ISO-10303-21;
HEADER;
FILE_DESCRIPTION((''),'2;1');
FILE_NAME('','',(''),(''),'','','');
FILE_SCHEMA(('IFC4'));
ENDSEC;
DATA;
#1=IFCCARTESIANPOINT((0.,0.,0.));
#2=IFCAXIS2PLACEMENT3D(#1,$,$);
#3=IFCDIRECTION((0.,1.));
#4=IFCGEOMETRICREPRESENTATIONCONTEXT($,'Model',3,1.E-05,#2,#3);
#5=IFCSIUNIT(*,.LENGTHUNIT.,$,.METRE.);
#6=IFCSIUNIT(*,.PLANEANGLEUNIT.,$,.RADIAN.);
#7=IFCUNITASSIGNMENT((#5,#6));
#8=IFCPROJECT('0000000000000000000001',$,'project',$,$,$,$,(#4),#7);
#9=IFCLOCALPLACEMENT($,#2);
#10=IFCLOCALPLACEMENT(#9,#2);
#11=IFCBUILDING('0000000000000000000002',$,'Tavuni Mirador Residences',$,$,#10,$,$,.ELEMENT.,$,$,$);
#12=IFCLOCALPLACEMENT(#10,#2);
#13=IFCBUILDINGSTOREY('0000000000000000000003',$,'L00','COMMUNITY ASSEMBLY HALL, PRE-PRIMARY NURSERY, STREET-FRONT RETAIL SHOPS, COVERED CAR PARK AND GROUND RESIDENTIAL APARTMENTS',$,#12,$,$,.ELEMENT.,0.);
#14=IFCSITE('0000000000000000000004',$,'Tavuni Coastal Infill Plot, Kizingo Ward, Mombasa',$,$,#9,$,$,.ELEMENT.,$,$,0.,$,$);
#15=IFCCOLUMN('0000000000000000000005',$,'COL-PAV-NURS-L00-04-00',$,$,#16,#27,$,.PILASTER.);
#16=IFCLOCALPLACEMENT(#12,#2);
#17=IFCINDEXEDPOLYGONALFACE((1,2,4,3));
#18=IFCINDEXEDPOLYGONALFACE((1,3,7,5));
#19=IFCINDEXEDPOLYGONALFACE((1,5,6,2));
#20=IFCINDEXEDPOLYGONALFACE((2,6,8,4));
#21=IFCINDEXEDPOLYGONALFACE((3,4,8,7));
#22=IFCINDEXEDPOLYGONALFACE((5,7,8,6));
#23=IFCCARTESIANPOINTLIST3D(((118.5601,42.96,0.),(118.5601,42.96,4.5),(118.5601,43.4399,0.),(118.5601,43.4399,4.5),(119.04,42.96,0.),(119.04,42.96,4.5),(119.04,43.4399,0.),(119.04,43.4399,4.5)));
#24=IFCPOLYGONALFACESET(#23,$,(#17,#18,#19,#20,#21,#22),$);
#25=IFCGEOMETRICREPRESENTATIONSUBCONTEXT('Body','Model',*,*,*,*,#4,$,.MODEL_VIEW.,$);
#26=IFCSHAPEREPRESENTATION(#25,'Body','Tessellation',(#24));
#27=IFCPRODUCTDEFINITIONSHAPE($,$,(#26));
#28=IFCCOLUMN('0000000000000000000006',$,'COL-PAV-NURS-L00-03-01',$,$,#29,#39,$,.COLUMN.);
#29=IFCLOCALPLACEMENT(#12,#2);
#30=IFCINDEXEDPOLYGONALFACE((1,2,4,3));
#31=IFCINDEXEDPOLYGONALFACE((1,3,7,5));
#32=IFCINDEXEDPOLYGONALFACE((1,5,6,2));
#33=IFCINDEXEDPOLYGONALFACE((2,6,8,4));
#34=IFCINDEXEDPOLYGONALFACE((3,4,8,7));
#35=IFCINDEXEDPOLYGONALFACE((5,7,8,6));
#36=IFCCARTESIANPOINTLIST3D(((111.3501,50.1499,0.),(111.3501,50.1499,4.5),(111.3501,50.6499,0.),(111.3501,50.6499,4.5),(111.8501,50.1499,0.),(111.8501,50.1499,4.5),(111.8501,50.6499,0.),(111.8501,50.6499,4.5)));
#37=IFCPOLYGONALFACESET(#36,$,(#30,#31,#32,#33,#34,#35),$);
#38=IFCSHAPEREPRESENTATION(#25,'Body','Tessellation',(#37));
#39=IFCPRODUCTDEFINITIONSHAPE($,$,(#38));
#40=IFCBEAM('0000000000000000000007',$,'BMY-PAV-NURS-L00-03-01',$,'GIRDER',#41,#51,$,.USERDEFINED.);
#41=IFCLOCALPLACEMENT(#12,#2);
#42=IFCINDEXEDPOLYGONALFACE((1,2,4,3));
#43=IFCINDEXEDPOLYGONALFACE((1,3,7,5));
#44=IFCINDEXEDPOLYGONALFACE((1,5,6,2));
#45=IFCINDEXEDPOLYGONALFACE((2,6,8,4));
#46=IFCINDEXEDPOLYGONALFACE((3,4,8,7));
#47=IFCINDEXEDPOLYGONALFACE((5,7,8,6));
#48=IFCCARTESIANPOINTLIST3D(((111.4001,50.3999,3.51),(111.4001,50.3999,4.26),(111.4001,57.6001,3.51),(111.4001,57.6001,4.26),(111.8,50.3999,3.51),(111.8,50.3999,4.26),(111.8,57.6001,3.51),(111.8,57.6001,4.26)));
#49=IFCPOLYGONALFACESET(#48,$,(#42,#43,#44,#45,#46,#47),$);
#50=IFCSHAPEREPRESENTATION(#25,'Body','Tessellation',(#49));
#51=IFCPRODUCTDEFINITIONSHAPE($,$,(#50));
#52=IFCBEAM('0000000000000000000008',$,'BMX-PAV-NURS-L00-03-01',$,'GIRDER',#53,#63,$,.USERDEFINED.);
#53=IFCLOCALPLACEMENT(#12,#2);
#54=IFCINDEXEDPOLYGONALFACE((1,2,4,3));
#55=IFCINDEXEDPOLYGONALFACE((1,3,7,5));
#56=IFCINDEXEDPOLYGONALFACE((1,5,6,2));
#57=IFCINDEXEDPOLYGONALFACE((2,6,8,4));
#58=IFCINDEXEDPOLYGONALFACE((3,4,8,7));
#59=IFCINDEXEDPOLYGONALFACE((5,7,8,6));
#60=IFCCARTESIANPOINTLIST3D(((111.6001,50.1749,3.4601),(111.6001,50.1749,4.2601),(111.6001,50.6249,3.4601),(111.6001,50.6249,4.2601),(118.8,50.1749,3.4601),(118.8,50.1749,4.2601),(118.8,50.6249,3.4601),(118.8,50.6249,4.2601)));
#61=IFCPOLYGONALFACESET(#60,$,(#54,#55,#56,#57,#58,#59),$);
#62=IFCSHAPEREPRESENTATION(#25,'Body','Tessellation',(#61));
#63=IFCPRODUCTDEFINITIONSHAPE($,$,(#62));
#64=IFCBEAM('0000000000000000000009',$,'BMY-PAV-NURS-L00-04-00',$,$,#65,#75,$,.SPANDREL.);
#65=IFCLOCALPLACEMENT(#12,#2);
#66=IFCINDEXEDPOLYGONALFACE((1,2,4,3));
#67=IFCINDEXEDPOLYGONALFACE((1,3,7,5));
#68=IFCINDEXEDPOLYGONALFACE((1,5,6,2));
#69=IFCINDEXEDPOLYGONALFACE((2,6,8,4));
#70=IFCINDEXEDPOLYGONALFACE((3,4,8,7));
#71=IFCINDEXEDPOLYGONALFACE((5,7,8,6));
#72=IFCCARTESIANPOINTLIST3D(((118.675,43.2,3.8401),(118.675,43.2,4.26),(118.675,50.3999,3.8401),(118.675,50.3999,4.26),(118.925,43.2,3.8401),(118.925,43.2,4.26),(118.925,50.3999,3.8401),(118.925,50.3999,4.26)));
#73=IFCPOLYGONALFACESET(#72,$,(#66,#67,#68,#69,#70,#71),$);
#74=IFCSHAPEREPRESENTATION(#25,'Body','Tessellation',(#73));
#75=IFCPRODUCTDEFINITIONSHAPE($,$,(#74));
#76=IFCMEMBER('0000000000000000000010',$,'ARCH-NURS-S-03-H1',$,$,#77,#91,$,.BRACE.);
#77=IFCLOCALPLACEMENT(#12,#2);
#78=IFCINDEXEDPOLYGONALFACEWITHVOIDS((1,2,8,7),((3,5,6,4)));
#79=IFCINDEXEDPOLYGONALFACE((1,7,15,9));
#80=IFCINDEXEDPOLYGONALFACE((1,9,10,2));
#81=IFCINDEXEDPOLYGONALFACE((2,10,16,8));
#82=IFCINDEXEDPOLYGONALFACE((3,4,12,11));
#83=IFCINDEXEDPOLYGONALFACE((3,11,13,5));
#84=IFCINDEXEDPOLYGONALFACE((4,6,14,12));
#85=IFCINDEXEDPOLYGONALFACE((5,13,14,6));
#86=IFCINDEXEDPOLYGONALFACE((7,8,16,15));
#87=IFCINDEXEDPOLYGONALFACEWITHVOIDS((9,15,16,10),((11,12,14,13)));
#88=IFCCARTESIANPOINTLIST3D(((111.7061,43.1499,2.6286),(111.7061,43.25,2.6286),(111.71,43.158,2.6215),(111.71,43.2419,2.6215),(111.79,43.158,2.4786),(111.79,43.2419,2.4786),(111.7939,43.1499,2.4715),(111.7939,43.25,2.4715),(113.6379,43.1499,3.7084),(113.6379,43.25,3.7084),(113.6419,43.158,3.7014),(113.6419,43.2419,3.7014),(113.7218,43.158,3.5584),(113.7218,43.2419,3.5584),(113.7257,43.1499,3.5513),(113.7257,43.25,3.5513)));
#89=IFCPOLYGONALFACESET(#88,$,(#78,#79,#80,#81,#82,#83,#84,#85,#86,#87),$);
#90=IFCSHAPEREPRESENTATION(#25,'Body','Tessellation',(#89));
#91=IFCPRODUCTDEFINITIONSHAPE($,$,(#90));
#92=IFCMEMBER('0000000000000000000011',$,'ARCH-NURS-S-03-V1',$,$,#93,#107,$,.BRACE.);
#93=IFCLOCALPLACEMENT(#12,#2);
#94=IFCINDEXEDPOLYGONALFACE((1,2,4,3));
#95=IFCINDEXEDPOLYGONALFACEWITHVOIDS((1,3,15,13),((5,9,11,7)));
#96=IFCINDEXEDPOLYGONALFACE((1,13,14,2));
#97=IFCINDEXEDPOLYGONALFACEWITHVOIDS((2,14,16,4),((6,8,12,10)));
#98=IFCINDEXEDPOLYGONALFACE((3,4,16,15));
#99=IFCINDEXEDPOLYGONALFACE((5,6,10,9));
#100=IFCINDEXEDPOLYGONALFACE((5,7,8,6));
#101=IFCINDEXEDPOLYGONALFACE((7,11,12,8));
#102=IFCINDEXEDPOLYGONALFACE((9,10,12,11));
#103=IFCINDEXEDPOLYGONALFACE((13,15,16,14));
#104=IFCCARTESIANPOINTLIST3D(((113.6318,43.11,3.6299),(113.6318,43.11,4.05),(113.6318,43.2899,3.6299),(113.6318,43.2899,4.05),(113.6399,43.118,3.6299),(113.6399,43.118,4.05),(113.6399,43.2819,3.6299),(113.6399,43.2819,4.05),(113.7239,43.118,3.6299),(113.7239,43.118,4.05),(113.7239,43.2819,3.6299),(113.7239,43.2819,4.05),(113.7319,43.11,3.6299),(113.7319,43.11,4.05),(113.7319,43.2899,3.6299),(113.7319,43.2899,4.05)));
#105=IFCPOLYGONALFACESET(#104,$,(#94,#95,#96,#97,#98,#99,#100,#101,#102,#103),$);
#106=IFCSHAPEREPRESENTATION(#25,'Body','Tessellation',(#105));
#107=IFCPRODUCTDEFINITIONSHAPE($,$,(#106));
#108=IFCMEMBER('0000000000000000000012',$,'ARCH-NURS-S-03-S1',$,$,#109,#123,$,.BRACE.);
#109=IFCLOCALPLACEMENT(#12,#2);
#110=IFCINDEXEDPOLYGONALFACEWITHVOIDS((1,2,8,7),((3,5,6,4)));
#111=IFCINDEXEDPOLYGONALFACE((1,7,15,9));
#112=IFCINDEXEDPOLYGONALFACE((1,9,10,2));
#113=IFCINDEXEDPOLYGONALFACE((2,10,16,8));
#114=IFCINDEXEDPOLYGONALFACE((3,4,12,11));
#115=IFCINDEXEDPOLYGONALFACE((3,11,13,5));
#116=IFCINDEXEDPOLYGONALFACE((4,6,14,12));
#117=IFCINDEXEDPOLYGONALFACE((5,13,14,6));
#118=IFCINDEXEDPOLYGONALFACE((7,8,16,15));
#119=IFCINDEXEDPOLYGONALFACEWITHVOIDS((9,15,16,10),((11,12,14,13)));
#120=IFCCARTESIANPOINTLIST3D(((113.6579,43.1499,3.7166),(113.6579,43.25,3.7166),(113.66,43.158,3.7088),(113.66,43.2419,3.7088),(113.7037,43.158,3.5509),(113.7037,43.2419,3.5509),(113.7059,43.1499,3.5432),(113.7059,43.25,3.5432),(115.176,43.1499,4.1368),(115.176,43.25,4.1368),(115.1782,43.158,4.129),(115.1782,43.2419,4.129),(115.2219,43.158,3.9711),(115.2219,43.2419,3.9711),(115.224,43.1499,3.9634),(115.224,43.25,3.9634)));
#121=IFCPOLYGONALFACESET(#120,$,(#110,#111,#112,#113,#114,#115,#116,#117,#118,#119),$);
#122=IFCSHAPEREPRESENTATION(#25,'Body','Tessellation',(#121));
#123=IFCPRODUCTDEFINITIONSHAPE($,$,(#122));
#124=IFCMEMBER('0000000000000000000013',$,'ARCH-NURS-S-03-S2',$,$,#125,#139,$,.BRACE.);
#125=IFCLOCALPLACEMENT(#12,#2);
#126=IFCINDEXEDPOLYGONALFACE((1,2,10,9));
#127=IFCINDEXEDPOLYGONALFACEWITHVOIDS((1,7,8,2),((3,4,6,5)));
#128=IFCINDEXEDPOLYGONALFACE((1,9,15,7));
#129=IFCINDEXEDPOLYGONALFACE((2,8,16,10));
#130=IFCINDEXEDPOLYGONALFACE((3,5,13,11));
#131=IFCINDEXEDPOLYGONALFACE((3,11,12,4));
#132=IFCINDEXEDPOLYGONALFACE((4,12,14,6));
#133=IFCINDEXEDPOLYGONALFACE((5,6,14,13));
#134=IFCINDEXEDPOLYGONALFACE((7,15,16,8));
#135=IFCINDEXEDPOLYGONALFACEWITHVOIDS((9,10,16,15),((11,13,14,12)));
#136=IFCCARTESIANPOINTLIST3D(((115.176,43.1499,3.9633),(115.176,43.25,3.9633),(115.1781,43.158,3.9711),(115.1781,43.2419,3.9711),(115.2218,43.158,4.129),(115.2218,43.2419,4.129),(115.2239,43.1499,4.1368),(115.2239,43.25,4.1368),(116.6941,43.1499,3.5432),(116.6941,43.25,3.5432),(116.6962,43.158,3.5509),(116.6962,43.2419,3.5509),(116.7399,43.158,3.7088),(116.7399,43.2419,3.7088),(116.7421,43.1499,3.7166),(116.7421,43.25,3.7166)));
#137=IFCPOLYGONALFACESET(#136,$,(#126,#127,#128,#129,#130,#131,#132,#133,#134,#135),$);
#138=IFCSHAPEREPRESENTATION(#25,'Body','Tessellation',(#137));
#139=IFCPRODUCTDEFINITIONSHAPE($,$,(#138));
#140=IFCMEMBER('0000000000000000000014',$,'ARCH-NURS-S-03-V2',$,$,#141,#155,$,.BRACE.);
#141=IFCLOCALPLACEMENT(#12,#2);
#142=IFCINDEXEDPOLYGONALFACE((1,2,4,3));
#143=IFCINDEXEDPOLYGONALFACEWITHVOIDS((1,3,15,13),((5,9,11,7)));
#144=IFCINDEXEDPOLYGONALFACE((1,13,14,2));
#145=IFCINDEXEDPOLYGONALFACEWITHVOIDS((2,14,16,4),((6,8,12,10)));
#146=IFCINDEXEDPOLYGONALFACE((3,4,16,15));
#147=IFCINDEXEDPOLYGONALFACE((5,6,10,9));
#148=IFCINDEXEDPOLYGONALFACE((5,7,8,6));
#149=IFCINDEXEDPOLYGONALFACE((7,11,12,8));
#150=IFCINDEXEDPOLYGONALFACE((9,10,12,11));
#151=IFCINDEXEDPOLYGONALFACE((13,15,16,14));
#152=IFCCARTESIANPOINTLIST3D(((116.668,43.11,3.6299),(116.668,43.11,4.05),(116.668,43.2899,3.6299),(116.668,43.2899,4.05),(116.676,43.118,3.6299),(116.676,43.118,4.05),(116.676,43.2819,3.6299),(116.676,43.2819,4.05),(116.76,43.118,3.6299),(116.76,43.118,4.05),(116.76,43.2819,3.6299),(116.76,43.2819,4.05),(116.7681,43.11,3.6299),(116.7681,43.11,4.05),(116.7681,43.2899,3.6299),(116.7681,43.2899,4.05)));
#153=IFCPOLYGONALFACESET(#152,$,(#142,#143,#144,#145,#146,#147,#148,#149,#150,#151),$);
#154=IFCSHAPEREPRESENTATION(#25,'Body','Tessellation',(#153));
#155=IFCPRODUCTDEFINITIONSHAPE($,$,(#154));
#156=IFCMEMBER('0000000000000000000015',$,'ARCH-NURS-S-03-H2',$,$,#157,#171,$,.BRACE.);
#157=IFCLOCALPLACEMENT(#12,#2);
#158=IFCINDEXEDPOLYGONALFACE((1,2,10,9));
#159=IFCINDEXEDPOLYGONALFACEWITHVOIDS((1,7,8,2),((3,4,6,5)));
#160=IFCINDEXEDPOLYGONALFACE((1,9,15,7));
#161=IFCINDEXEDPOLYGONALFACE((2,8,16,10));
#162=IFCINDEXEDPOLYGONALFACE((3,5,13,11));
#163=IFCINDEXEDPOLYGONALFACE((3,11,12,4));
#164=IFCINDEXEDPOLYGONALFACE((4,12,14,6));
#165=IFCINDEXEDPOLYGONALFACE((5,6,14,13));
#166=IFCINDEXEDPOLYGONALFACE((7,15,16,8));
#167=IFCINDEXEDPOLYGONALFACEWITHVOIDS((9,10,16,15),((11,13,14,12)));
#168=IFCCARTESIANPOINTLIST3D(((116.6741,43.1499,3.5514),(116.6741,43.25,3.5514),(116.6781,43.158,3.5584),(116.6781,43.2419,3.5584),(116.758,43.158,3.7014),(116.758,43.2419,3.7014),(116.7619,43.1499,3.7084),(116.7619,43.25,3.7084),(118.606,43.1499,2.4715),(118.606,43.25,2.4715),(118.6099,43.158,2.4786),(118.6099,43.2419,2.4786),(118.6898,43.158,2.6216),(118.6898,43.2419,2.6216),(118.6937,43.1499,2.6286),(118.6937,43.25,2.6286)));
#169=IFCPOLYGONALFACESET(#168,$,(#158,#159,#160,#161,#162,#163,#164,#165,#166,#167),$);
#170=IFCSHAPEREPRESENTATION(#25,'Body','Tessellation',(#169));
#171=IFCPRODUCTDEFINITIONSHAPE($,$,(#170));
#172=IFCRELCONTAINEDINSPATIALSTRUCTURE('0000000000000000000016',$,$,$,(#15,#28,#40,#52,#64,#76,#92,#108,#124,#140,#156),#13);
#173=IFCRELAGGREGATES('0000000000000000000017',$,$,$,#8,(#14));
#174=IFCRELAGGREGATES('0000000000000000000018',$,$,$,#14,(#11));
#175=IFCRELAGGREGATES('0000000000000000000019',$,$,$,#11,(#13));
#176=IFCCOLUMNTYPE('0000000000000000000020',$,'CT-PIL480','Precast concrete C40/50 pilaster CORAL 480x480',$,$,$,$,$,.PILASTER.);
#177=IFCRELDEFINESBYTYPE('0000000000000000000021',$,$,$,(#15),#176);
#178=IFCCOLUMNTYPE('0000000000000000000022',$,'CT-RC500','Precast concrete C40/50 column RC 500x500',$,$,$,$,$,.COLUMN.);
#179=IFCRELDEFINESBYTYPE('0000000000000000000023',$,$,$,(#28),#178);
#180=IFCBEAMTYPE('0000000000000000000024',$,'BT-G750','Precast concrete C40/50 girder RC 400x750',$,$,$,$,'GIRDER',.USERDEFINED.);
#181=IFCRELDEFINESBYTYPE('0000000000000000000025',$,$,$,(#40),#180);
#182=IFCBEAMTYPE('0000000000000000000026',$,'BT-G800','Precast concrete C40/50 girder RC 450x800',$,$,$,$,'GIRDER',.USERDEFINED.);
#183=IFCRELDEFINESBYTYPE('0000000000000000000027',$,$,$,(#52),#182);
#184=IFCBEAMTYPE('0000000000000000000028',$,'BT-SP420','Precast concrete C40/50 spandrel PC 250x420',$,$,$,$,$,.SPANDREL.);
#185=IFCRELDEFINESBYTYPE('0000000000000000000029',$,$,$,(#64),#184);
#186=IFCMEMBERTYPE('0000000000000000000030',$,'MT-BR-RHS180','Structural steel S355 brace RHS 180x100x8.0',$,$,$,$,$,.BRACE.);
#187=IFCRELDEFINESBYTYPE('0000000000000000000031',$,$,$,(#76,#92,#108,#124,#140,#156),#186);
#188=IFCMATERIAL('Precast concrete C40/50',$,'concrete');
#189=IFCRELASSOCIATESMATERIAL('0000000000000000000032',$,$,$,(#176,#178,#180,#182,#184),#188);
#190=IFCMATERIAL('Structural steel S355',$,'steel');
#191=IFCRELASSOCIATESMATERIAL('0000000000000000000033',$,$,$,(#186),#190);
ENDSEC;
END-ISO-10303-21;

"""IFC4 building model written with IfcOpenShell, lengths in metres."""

from ifc_helpers import new_model, si_unit, direction, frame, origin, origin_2d, place, context, subcontext, project, spatial, rectangle, hollow_rectangle, extrude, material, material_profile, profile_set, type_object, element, save


model = new_model("IFC4")

# Units and contexts
model_context = context("Model", 3, precision=1e-05, world=origin(), true_north=direction((0.0, 1.0)))
body_context = subcontext(model_context, "Body", "Model", "MODEL_VIEW")
ifc_project = project(units=[si_unit("LENGTHUNIT", "METRE"), si_unit("PLANEANGLEUNIT", "RADIAN")], contexts=[model_context])

# Site, building, storey
site_placement = place(None, origin())
site = spatial("IfcSite", under=ifc_project, at=site_placement, Name="Tavuni Coastal Infill Plot, Kizingo Ward, Mombasa", CompositionType="ELEMENT", RefElevation=0.0)
building_placement = place(site_placement, origin())
building = spatial("IfcBuilding", under=site, at=building_placement, Name="Tavuni Mirador Residences", CompositionType="ELEMENT")
storey_placement = place(building_placement, origin())
storey = spatial("IfcBuildingStorey", under=building, at=storey_placement, Name="L00", Description="COMMUNITY ASSEMBLY HALL, PRE-PRIMARY NURSERY, STREET-FRONT RETAIL SHOPS, COVERED CAR PARK AND GROUND RESIDENTIAL APARTMENTS", CompositionType="ELEMENT", Elevation=0.0)

# Columns
ifc_material_1 = material(Name="Precast concrete C40/50", Category="concrete")
ifc_material_profile_1 = material_profile(ifc_material_1, rectangle(XDim=0.48, YDim=0.48, at=origin_2d()), Name="CORAL 480x480", Category="concrete")
ifc_profile_set_1 = profile_set([ifc_material_profile_1], Name="Precast concrete C40/50")
column_type_1 = type_object("IfcColumnType", Name="CT-PIL480", Description="Precast concrete C40/50 pilaster CORAL 480x480", PredefinedType="PILASTER", material=ifc_profile_set_1)
column_1_placement = place(storey_placement, frame((118.8, 43.2, 0.0), z_axis=(0.0, 0.0, 1.0), x_axis=(1.0, 0.0, 0.0)))
element("IfcColumn", 1, at=column_1_placement, inside=storey, type_object=column_type_1, Name="COL-PAV-NURS-L00-04-00", PredefinedType="PILASTER", context=body_context, shape_type="SweptSolid", body=[
    extrude(rectangle(XDim=0.48, YDim=0.48, at=origin_2d()), origin(), (0.0, 0.0, 1.0), 4.5),
])
ifc_material_profile_2 = material_profile(ifc_material_1, rectangle(XDim=0.5, YDim=0.5, at=origin_2d()), Name="RC 500x500", Category="concrete")
ifc_profile_set_2 = profile_set([ifc_material_profile_2], Name="Precast concrete C40/50")
column_type_2 = type_object("IfcColumnType", Name="CT-RC500", Description="Precast concrete C40/50 column RC 500x500", PredefinedType="COLUMN", material=ifc_profile_set_2)
column_2_placement = place(storey_placement, frame((111.6001, 50.3999, 0.0), z_axis=(0.0, 0.0, 1.0), x_axis=(1.0, 0.0, 0.0)))
element("IfcColumn", 2, at=column_2_placement, inside=storey, type_object=column_type_2, Name="COL-PAV-NURS-L00-03-01", PredefinedType="COLUMN", context=body_context, shape_type="SweptSolid", body=[
    extrude(rectangle(XDim=0.5, YDim=0.5, at=origin_2d()), origin(), (0.0, 0.0, 1.0), 4.5),
])

# Beams
ifc_material_profile_3 = material_profile(ifc_material_1, rectangle(XDim=0.3999, YDim=0.75, at=origin_2d()), Name="RC 400x750", Category="concrete")
ifc_profile_set_3 = profile_set([ifc_material_profile_3], Name="Precast concrete C40/50")
beam_type_1 = type_object("IfcBeamType", Name="BT-G750", Description="Precast concrete C40/50 girder RC 400x750", ElementType="GIRDER", PredefinedType="USERDEFINED", material=ifc_profile_set_3)
beam_1_placement = place(storey_placement, frame((111.6001, 50.3999, 3.885), z_axis=(0.0, 1.0, 0.0), x_axis=(-1.0, 0.0, 0.0)))
element("IfcBeam", 3, at=beam_1_placement, inside=storey, type_object=beam_type_1, Name="BMY-PAV-NURS-L00-03-01", ObjectType="GIRDER", PredefinedType="USERDEFINED", context=body_context, shape_type="SweptSolid", body=[
    extrude(rectangle(XDim=0.3999, YDim=0.75, at=origin_2d()), origin(), (0.0, 0.0, 1.0), 7.2002),
])
ifc_material_profile_4 = material_profile(ifc_material_1, rectangle(XDim=0.45, YDim=0.8, at=origin_2d()), Name="RC 450x800", Category="concrete")
ifc_profile_set_4 = profile_set([ifc_material_profile_4], Name="Precast concrete C40/50")
beam_type_2 = type_object("IfcBeamType", Name="BT-G800", Description="Precast concrete C40/50 girder RC 450x800", ElementType="GIRDER", PredefinedType="USERDEFINED", material=ifc_profile_set_4)
beam_2_placement = place(storey_placement, frame((111.6001, 50.3999, 3.8601), z_axis=(1.0, 0.0, 0.0), x_axis=(0.0, 1.0, 0.0)))
element("IfcBeam", 4, at=beam_2_placement, inside=storey, type_object=beam_type_2, Name="BMX-PAV-NURS-L00-03-01", ObjectType="GIRDER", PredefinedType="USERDEFINED", context=body_context, shape_type="SweptSolid", body=[
    extrude(rectangle(XDim=0.45, YDim=0.8, at=origin_2d()), origin(), (0.0, 0.0, 1.0), 7.2),
])
ifc_material_profile_5 = material_profile(ifc_material_1, rectangle(XDim=0.25, YDim=0.4199, at=origin_2d()), Name="PC 250x420", Category="concrete")
ifc_profile_set_5 = profile_set([ifc_material_profile_5], Name="Precast concrete C40/50")
beam_type_3 = type_object("IfcBeamType", Name="BT-SP420", Description="Precast concrete C40/50 spandrel PC 250x420", PredefinedType="SPANDREL", material=ifc_profile_set_5)
beam_3_placement = place(storey_placement, frame((118.8, 43.2, 4.05), z_axis=(0.0, 1.0, 0.0), x_axis=(-1.0, 0.0, 0.0)))
element("IfcBeam", 5, at=beam_3_placement, inside=storey, type_object=beam_type_3, Name="BMY-PAV-NURS-L00-04-00", PredefinedType="SPANDREL", context=body_context, shape_type="SweptSolid", body=[
    extrude(rectangle(XDim=0.25, YDim=0.4199, at=origin_2d()), origin(), (0.0, 0.0, 1.0), 7.2),
])

# Members
ifc_material_2 = material(Name="Structural steel S355", Category="steel")
ifc_material_profile_6 = material_profile(ifc_material_2, hollow_rectangle(XDim=0.1001, YDim=0.1799, WallThickness=0.0081, at=origin_2d()), Name="RHS 180x100x8.0", Category="steel")
ifc_profile_set_6 = profile_set([ifc_material_profile_6], Name="Structural steel S355")
member_type = type_object("IfcMemberType", Name="MT-BR-RHS180", Description="Structural steel S355 brace RHS 180x100x8.0", PredefinedType="BRACE", material=ifc_profile_set_6)
member_1_placement = place(storey_placement, frame((111.75, 43.2, 2.55), z_axis=(0.872895, 0.0, 0.487908), x_axis=(0.0, 1.0, 0.0)))
element("IfcMember", 6, at=member_1_placement, inside=storey, type_object=member_type, Name="ARCH-NURS-S-03-H1", PredefinedType="BRACE", context=body_context, shape_type="SweptSolid", body=[
    extrude(hollow_rectangle(XDim=0.1001, YDim=0.1799, WallThickness=0.0081, at=origin_2d()), origin(), (0.0, 0.0, 1.0), 2.2131),
])
member_2_placement = place(storey_placement, frame((113.6819, 43.2, 3.6299), z_axis=(0.0, 0.0, 1.0), x_axis=(1.0, 0.0, 0.0)))
element("IfcMember", 7, at=member_2_placement, inside=storey, type_object=member_type, Name="ARCH-NURS-S-03-V1", PredefinedType="BRACE", context=body_context, shape_type="SweptSolid", body=[
    extrude(hollow_rectangle(XDim=0.1001, YDim=0.1799, WallThickness=0.0081, at=origin_2d()), origin(), (0.0, 0.0, 1.0), 0.4202),
])
for number, where, z_axis, x_axis, name in (
    (8, (113.6819, 43.2, 3.6299), (0.963766, 0.0, 0.266748), (0.0, 1.0, 0.0), "ARCH-NURS-S-03-S1"),
    (9, (115.2, 43.2, 4.05), (0.963766, 0.0, -0.266748), (0.0, 1.0, 0.0), "ARCH-NURS-S-03-S2"),
):
    element("IfcMember", number, at=place(storey_placement, frame(where, z_axis=z_axis, x_axis=x_axis)), inside=storey, type_object=member_type, Name=name, PredefinedType="BRACE", context=body_context, shape_type="SweptSolid", body=[
        extrude(hollow_rectangle(XDim=0.1001, YDim=0.1799, WallThickness=0.0081, at=origin_2d()), origin(), (0.0, 0.0, 1.0), 1.5752),
    ])
member_3_placement = place(storey_placement, frame((116.718, 43.2, 3.6299), z_axis=(0.0, 0.0, 1.0), x_axis=(1.0, 0.0, 0.0)))
element("IfcMember", 10, at=member_3_placement, inside=storey, type_object=member_type, Name="ARCH-NURS-S-03-V2", PredefinedType="BRACE", context=body_context, shape_type="SweptSolid", body=[
    extrude(hollow_rectangle(XDim=0.1001, YDim=0.1799, WallThickness=0.0081, at=origin_2d()), origin(), (0.0, 0.0, 1.0), 0.4202),
])
member_4_placement = place(storey_placement, frame((116.718, 43.2, 3.6299), z_axis=(0.872895, 0.0, -0.487908), x_axis=(0.0, 1.0, 0.0)))
element("IfcMember", 11, at=member_4_placement, inside=storey, type_object=member_type, Name="ARCH-NURS-S-03-H2", PredefinedType="BRACE", context=body_context, shape_type="SweptSolid", body=[
    extrude(hollow_rectangle(XDim=0.1001, YDim=0.1799, WallThickness=0.0081, at=origin_2d()), origin(), (0.0, 0.0, 1.0), 2.2131),
])

save(model, "model.ifc")
